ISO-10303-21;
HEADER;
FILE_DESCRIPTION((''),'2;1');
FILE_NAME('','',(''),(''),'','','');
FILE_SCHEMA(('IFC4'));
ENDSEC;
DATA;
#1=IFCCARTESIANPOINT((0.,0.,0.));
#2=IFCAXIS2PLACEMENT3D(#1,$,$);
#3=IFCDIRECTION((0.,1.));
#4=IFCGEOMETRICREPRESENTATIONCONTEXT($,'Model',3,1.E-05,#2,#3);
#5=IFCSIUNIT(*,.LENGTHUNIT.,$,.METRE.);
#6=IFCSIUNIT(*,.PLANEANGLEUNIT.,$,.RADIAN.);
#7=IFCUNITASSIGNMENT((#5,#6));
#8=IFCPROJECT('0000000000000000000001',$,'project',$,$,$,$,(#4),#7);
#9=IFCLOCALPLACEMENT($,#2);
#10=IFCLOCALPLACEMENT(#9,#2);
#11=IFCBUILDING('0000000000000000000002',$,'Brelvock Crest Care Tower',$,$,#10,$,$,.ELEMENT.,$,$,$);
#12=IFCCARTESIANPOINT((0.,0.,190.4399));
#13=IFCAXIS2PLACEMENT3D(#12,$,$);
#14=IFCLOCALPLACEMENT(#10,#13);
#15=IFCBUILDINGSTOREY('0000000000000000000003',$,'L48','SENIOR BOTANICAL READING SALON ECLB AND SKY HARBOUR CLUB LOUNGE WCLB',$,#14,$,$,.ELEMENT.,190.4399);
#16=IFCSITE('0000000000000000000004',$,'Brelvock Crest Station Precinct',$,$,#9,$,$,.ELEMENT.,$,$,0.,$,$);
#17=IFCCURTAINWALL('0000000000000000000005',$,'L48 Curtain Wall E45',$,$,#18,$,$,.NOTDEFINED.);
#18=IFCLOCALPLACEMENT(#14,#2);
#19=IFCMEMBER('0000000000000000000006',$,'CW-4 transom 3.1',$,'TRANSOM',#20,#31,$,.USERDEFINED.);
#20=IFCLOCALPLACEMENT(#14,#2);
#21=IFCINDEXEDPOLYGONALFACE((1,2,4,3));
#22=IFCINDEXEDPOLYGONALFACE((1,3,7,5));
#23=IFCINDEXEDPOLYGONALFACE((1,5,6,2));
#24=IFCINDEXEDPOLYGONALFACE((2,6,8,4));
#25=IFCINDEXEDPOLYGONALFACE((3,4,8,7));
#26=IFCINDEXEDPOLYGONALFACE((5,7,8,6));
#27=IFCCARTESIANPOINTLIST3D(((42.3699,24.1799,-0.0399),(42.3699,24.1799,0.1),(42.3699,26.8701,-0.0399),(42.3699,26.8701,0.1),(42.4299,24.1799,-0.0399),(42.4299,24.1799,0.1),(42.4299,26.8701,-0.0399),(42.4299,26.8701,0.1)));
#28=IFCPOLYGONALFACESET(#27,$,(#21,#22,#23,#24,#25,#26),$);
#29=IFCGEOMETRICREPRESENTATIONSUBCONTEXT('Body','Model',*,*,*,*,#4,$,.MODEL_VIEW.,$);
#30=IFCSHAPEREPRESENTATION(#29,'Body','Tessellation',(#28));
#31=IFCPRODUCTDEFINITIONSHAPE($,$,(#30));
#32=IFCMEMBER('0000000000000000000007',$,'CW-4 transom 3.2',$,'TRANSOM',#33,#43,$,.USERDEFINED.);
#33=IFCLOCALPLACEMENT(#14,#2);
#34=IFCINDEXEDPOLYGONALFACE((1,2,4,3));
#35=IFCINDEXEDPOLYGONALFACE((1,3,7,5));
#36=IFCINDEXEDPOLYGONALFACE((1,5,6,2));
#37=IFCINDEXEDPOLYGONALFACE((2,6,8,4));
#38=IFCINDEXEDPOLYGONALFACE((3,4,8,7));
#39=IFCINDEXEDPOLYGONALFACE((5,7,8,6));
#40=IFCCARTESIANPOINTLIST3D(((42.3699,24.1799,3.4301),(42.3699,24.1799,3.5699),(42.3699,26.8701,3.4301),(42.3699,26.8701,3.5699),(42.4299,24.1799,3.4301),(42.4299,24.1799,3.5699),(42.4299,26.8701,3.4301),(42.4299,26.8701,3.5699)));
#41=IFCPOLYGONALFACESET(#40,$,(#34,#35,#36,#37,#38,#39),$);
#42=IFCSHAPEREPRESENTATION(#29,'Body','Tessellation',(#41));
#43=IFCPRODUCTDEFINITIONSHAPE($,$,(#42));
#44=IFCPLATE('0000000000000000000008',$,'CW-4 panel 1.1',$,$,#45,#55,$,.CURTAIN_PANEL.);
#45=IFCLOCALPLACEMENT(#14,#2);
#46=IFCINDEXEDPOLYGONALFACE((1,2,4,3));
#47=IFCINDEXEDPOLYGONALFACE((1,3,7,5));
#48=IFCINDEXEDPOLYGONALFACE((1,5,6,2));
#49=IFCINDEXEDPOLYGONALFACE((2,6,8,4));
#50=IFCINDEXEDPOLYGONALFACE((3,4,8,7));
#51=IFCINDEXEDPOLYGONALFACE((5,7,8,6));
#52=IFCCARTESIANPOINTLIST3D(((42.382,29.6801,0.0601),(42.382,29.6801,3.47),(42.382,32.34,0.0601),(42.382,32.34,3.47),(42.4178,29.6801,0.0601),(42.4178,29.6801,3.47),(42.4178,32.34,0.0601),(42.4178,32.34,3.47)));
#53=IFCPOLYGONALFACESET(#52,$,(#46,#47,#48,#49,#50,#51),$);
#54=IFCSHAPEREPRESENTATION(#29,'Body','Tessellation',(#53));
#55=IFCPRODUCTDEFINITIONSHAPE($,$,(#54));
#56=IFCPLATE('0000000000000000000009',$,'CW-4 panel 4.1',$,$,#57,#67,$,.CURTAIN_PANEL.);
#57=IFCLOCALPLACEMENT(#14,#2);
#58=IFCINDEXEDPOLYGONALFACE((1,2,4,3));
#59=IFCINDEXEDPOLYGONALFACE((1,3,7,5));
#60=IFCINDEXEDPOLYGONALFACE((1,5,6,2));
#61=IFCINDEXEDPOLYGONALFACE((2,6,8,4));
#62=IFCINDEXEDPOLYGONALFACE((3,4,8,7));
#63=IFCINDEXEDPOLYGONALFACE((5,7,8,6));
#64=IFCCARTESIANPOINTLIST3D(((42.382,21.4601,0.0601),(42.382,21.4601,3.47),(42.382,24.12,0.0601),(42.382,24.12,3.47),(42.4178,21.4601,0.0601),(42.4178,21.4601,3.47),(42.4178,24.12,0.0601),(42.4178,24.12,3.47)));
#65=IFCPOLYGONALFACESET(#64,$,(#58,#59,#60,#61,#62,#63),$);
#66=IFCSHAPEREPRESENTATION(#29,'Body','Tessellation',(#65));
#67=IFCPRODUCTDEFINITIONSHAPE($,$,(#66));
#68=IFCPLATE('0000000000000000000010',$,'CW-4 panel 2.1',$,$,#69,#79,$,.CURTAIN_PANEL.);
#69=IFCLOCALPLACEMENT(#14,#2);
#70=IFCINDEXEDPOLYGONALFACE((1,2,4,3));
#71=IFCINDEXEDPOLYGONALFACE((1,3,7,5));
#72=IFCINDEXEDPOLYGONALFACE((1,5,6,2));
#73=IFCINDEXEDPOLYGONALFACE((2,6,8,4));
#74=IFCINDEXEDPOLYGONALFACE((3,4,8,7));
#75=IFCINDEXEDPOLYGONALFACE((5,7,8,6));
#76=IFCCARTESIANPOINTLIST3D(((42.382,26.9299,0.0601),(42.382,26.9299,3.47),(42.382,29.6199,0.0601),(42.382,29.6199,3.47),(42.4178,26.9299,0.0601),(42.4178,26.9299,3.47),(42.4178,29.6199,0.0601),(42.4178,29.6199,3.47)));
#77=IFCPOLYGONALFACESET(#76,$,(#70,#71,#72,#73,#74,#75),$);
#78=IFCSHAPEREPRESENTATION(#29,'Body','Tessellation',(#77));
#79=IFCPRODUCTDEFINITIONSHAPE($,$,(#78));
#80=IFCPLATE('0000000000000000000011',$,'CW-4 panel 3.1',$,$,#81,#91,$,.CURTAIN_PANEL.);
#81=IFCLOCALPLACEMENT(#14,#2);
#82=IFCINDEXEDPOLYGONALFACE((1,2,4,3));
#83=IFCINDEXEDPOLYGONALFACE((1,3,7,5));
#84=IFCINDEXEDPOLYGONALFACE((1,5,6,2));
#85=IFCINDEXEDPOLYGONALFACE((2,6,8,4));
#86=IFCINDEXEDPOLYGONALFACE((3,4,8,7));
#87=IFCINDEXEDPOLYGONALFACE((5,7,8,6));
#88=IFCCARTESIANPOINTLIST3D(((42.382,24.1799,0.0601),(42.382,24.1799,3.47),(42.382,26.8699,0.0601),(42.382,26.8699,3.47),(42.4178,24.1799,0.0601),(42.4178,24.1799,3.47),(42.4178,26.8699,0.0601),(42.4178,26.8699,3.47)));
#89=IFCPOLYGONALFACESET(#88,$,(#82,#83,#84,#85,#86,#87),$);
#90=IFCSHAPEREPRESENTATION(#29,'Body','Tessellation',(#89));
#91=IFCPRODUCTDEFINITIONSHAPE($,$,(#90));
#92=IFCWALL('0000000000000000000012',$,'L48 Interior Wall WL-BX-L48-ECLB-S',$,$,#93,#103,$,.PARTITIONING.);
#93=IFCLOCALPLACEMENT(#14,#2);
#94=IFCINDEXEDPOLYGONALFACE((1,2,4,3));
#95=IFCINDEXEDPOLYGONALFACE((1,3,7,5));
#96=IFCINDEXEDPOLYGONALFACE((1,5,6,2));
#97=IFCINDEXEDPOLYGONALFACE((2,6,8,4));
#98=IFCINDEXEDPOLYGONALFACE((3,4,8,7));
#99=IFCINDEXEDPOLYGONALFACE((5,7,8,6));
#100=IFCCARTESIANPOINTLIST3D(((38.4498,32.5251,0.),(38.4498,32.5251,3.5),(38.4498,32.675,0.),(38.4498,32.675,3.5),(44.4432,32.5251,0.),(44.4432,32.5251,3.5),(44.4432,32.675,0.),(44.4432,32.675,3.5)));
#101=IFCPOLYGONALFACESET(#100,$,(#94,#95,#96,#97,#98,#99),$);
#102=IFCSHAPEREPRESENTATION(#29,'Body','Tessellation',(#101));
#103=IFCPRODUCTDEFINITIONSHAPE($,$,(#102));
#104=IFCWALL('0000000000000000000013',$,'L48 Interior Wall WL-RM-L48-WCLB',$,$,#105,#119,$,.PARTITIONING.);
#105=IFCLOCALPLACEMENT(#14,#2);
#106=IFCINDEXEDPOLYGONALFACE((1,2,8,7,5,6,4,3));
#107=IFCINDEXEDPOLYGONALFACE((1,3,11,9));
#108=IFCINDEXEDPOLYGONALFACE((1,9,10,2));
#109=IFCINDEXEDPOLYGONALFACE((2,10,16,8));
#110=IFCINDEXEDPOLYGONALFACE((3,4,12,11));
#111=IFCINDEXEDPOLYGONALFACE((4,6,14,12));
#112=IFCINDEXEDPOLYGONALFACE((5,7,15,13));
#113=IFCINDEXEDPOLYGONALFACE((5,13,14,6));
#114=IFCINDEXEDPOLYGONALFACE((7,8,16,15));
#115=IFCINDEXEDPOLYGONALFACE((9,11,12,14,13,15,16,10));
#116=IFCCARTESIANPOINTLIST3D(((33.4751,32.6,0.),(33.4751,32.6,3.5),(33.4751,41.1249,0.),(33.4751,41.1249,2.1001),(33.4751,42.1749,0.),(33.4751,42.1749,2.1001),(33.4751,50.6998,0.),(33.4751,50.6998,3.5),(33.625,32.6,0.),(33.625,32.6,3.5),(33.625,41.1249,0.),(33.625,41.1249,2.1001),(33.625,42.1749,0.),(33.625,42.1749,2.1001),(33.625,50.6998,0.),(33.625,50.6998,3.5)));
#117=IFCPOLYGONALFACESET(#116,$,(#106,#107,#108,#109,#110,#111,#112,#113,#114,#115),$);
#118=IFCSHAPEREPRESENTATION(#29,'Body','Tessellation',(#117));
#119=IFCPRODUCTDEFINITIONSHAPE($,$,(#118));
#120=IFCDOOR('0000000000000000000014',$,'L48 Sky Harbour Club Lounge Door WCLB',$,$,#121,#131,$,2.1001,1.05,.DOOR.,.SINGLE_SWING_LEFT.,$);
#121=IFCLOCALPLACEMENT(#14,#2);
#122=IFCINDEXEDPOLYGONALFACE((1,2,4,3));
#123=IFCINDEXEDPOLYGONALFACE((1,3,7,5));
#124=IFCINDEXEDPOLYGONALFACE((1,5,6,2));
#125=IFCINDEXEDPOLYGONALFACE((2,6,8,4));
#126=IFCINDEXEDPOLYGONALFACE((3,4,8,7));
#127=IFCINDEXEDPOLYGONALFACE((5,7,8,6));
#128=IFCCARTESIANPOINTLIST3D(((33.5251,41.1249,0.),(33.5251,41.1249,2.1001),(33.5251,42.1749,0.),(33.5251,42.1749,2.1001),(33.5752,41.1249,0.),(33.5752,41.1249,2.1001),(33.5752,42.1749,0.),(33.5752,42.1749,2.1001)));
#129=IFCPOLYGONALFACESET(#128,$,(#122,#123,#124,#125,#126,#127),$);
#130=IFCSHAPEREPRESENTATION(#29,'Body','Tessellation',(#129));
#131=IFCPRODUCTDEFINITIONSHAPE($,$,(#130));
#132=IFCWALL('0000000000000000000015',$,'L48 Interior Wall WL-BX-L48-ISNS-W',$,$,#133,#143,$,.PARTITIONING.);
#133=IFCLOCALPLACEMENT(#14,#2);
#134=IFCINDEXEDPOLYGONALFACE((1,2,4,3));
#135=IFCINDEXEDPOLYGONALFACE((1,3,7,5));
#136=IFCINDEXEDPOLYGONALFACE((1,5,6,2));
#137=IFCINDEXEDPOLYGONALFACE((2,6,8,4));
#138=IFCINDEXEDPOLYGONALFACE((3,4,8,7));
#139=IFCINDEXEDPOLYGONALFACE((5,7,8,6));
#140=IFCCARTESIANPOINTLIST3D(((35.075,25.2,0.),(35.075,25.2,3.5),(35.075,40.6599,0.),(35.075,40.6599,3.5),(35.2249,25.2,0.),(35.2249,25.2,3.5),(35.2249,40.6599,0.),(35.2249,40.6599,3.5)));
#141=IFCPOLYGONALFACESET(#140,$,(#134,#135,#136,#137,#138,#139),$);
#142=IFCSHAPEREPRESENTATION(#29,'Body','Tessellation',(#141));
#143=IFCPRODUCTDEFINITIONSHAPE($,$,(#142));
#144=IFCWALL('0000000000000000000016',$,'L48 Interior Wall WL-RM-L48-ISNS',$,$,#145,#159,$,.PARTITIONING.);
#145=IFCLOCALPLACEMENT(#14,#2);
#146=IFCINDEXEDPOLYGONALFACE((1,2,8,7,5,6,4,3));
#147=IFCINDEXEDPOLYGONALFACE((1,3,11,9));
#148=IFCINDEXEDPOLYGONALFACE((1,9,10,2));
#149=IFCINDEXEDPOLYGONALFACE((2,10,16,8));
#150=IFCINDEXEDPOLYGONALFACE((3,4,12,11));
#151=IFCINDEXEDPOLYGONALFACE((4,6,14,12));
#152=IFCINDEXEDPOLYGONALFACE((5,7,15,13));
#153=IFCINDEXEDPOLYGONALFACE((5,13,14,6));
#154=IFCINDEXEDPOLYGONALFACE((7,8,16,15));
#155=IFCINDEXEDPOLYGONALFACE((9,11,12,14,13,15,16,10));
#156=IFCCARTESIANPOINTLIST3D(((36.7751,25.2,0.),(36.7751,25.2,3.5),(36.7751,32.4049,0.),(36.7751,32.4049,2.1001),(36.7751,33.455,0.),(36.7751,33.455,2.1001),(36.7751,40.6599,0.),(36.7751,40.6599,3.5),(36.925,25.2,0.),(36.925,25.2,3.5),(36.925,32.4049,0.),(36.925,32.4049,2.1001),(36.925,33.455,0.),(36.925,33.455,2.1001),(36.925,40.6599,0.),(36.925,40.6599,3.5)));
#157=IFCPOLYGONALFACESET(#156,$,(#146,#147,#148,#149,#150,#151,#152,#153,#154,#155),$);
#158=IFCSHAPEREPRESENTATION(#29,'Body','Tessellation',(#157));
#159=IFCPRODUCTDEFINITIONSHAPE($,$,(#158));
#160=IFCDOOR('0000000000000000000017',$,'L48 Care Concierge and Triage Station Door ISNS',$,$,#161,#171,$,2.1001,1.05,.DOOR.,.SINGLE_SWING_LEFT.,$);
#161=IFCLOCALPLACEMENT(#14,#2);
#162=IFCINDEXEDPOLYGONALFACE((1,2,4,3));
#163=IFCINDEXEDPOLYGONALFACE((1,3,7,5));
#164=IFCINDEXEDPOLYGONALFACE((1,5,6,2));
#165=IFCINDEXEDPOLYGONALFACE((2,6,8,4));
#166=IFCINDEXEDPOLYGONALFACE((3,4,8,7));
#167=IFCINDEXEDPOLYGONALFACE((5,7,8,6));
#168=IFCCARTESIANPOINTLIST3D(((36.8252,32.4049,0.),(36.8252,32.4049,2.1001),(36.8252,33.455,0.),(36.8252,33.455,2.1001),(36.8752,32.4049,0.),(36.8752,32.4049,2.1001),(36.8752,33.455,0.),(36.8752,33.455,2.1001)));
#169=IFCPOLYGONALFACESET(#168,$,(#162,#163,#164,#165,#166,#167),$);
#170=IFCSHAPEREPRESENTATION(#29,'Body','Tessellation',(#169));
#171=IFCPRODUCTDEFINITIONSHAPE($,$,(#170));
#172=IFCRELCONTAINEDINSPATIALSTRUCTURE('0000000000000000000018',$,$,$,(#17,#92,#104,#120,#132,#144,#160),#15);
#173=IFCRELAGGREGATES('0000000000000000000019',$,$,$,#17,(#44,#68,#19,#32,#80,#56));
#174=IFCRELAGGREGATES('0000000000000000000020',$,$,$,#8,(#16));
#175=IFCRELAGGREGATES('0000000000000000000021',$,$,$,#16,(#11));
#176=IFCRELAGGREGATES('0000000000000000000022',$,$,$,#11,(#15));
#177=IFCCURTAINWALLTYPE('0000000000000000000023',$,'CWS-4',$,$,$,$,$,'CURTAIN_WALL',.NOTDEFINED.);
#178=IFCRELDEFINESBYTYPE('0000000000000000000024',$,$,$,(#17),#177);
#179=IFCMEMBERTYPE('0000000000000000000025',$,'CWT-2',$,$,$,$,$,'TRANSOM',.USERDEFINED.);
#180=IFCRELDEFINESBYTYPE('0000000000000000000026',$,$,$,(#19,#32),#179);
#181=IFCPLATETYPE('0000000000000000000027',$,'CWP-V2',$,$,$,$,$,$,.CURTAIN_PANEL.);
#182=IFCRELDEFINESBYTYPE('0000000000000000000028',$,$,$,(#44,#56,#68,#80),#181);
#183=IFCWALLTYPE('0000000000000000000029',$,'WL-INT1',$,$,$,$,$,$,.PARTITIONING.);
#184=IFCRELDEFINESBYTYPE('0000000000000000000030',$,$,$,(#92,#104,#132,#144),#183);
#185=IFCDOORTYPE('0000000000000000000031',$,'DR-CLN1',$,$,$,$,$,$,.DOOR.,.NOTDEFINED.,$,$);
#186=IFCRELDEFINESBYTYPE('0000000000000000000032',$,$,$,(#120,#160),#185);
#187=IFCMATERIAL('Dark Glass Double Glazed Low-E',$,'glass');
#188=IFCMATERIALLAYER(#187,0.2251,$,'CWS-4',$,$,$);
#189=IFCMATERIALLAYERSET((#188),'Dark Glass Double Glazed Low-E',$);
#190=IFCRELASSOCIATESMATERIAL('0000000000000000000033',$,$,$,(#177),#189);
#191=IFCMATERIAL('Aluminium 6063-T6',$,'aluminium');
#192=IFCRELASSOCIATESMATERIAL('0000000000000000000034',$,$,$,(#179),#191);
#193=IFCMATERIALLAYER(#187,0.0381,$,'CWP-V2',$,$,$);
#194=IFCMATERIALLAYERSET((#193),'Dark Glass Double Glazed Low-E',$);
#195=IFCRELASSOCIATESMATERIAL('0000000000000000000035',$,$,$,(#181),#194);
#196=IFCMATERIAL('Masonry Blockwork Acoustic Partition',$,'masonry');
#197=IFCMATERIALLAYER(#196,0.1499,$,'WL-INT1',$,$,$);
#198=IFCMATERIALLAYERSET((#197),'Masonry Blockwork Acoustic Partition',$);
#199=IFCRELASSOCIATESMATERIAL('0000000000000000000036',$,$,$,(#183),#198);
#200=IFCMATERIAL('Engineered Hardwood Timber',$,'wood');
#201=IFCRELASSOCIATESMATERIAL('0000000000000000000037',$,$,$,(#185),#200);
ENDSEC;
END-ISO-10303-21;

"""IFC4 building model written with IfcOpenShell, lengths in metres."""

from ifc_helpers import new_model, si_unit, direction, frame, frame_2d, origin, origin_2d, place, context, subcontext, project, spatial, rectangle, extrude, source, transform, mapped, material, layer, layer_set, material_profile, profile_set, type_object, element, fill, aggregate, save


model = new_model("IFC4")

# Units and contexts
model_context = context("Model", 3, precision=1e-05, world=origin(), true_north=direction((0.0, 1.0)))
body_context = subcontext(model_context, "Body", "Model", "MODEL_VIEW")
ifc_project = project(units=[si_unit("LENGTHUNIT", "METRE"), si_unit("PLANEANGLEUNIT", "RADIAN")], contexts=[model_context])

# Site, building, storey
site_placement = place(None, origin())
site = spatial("IfcSite", under=ifc_project, at=site_placement, Name="Brelvock Crest Station Precinct", CompositionType="ELEMENT", RefElevation=0.0)
building_placement = place(site_placement, origin())
building = spatial("IfcBuilding", under=site, at=building_placement, Name="Brelvock Crest Care Tower", CompositionType="ELEMENT")
storey_placement = place(building_placement, frame((0.0, 0.0, 190.4399)))
storey = spatial("IfcBuildingStorey", under=building, at=storey_placement, Name="L48", Description="SENIOR BOTANICAL READING SALON ECLB AND SKY HARBOUR CLUB LOUNGE WCLB", CompositionType="ELEMENT", Elevation=190.4399)

# Shared definitions
ifc_material_1 = material(Name="Dark Glass Double Glazed Low-E", Category="glass")
ifc_layer_1 = layer(ifc_material_1, 0.2251, Name="CWS-4")
ifc_layer_set_1 = layer_set([ifc_layer_1], Name="Dark Glass Double Glazed Low-E")
curtain_wall_type = type_object("IfcCurtainWallType", Name="CWS-4", ElementType="CURTAIN_WALL", PredefinedType="NOTDEFINED", material=ifc_layer_set_1)
ifc_material_2 = material(Name="Aluminium 6063-T6", Category="aluminium")

# Curtain wall, members, plates
curtain_wall_1_placement = place(storey_placement, origin())
curtain_wall_1 = element("IfcCurtainWall", 1, at=curtain_wall_1_placement, inside=storey, type_object=curtain_wall_type, Name="L48 Curtain Wall E45", PredefinedType="NOTDEFINED")
ifc_material_profile_1 = material_profile(ifc_material_2, rectangle(XDim=0.0601, YDim=0.1399, at=origin_2d()), Name="ALU60x140")
ifc_profile_set_1 = profile_set([ifc_material_profile_1], Name="Aluminium 6063-T6")
member_type_1 = type_object("IfcMemberType", Name="CWT-2", ElementType="TRANSOM", PredefinedType="USERDEFINED", material=ifc_profile_set_1)
shared_shape_1 = source(origin(), body_context, "Body", "SweptSolid", [
    extrude(rectangle(XDim=0.0601, YDim=0.1399, at=origin_2d()), origin(), (0.0, 0.0, 1.0), 2.6902),
])
member_1_placement = place(storey_placement, frame((42.3999, 26.8701, 0.03), z_axis=(0.0, -1.0, 0.0), x_axis=(1.0, 0.0, 0.0)))
member_1 = element("IfcMember", 2, at=member_1_placement, type_object=member_type_1, Name="CW-4 transom 3.1", ObjectType="TRANSOM", PredefinedType="USERDEFINED", context=body_context, shape_type="MappedRepresentation", body=[
    mapped(shared_shape_1, transform((0.0, 0.0, 0.0), x_axis=(1.0, 0.0, 0.0), y_axis=(0.0, 1.0, 0.0), z_axis=(0.0, 0.0, 1.0), scale=1.0)),
])
member_2_placement = place(storey_placement, frame((42.3999, 26.8701, 3.5), z_axis=(0.0, -1.0, 0.0), x_axis=(1.0, 0.0, 0.0)))
member_2 = element("IfcMember", 3, at=member_2_placement, type_object=member_type_1, Name="CW-4 transom 3.2", ObjectType="TRANSOM", PredefinedType="USERDEFINED", context=body_context, shape_type="MappedRepresentation", body=[
    mapped(shared_shape_1, transform((0.0, 0.0, 0.0), x_axis=(1.0, 0.0, 0.0), y_axis=(0.0, 1.0, 0.0), z_axis=(0.0, 0.0, 1.0), scale=1.0)),
])
ifc_layer_2 = layer(ifc_material_1, 0.0381, Name="CWP-V2")
ifc_layer_set_2 = layer_set([ifc_layer_2], Name="Dark Glass Double Glazed Low-E")
plate_type = type_object("IfcPlateType", Name="CWP-V2", PredefinedType="CURTAIN_PANEL", material=ifc_layer_set_2)
shared_shape_2 = source(origin(), body_context, "Body", "SweptSolid", [
    extrude(rectangle(XDim=2.6599, YDim=0.0359, at=origin_2d()), origin(), (0.0, 0.0, 1.0), 3.4099),
])
plate_1_placement = place(storey_placement, frame((42.3999, 31.01, 0.0601), z_axis=(0.0, 0.0, 1.0), x_axis=(0.0, -1.0, 0.0)))
plate_1 = element("IfcPlate", 4, at=plate_1_placement, type_object=plate_type, Name="CW-4 panel 1.1", PredefinedType="CURTAIN_PANEL", context=body_context, shape_type="MappedRepresentation", body=[
    mapped(shared_shape_2, transform((0.0, 0.0, 0.0), x_axis=(1.0, 0.0, 0.0), y_axis=(0.0, 1.0, 0.0), z_axis=(0.0, 0.0, 1.0), scale=1.0)),
])
plate_2_placement = place(storey_placement, frame((42.3999, 22.79, 0.0601), z_axis=(0.0, 0.0, 1.0), x_axis=(0.0, -1.0, 0.0)))
plate_2 = element("IfcPlate", 5, at=plate_2_placement, type_object=plate_type, Name="CW-4 panel 4.1", PredefinedType="CURTAIN_PANEL", context=body_context, shape_type="MappedRepresentation", body=[
    mapped(shared_shape_2, transform((0.0, 0.0, 0.0), x_axis=(1.0, 0.0, 0.0), y_axis=(0.0, 1.0, 0.0), z_axis=(0.0, 0.0, 1.0), scale=1.0)),
])
shared_shape_3 = source(origin(), body_context, "Body", "SweptSolid", [
    extrude(rectangle(XDim=2.6899, YDim=0.0359, at=origin_2d()), origin(), (0.0, 0.0, 1.0), 3.4099),
])
plate_3_placement = place(storey_placement, frame((42.3999, 28.2749, 0.0601), z_axis=(0.0, 0.0, 1.0), x_axis=(0.0, -1.0, 0.0)))
plate_3 = element("IfcPlate", 6, at=plate_3_placement, type_object=plate_type, Name="CW-4 panel 2.1", PredefinedType="CURTAIN_PANEL", context=body_context, shape_type="MappedRepresentation", body=[
    mapped(shared_shape_3, transform((0.0, 0.0, 0.0), x_axis=(1.0, 0.0, 0.0), y_axis=(0.0, 1.0, 0.0), z_axis=(0.0, 0.0, 1.0), scale=1.0)),
])
plate_4_placement = place(storey_placement, frame((42.3999, 25.5249, 0.0601), z_axis=(0.0, 0.0, 1.0), x_axis=(0.0, -1.0, 0.0)))
plate_4 = element("IfcPlate", 7, at=plate_4_placement, type_object=plate_type, Name="CW-4 panel 3.1", PredefinedType="CURTAIN_PANEL", context=body_context, shape_type="MappedRepresentation", body=[
    mapped(shared_shape_3, transform((0.0, 0.0, 0.0), x_axis=(1.0, 0.0, 0.0), y_axis=(0.0, 1.0, 0.0), z_axis=(0.0, 0.0, 1.0), scale=1.0)),
])
aggregate(curtain_wall_1, [plate_1, plate_3, member_1, member_2, plate_4, plate_2])

# Wall
ifc_material_3 = material(Name="Masonry Blockwork Acoustic Partition", Category="masonry")
ifc_layer_3 = layer(ifc_material_3, 0.1499, Name="WL-INT1")
ifc_layer_set_3 = layer_set([ifc_layer_3], Name="Masonry Blockwork Acoustic Partition")
wall_type_1 = type_object("IfcWallType", Name="WL-INT1", PredefinedType="PARTITIONING", material=ifc_layer_set_3)
wall_1_placement = place(storey_placement, frame((38.45, 32.6001, 0.0), z_axis=(0.0, 0.0, 1.0), x_axis=(1.0, 0.0, 0.0)))
element("IfcWall", 8, at=wall_1_placement, inside=storey, type_object=wall_type_1, Name="L48 Interior Wall WL-BX-L48-ECLB-S", PredefinedType="PARTITIONING", context=body_context, shape_type="SweptSolid", body=[
    extrude(rectangle(XDim=5.9934, YDim=0.1499, at=frame_2d((2.9966, 0.0))), origin(), (0.0, 0.0, 1.0), 3.5),
])

# Wall, opening, door
wall_2_placement = place(storey_placement, frame((33.55, 32.6001, 0.0), z_axis=(0.0, 0.0, 1.0), x_axis=(0.0, 1.0, 0.0)))
wall_2 = element("IfcWall", 9, at=wall_2_placement, inside=storey, type_object=wall_type_1, Name="L48 Interior Wall WL-RM-L48-WCLB", PredefinedType="PARTITIONING", context=body_context, shape_type="SweptSolid", body=[
    extrude(rectangle(XDim=18.0999, YDim=0.1499, at=frame_2d((9.0498, 0.0))), origin(), (0.0, 0.0, 1.0), 3.5),
])
opening_1_placement = place(wall_2_placement, frame((8.5249, 0.0, 0.0)))
opening_1 = element("IfcOpeningElement", 10, at=opening_1_placement, cuts=wall_2, PredefinedType="OPENING", context=body_context, shape_type="SweptSolid", body=[
    extrude(rectangle(XDim=1.05, YDim=2.1001, at=origin_2d()), frame((0.5249, 0.085, 1.05), z_axis=(0.0, -1.0, 0.0), x_axis=(1.0, 0.0, 0.0)), (0.0, 0.0, 1.0), 0.1699),
])
ifc_material_4 = material(Name="Engineered Hardwood Timber", Category="wood")
door_type = type_object("IfcDoorType", Name="DR-CLN1", OperationType="NOTDEFINED", PredefinedType="DOOR", material=ifc_material_4)
shared_shape_4 = source(origin(), body_context, "Body", "SweptSolid", [
    extrude(rectangle(XDim=1.05, YDim=2.1001, at=origin_2d()), frame((0.5249, 0.0249, 1.05), z_axis=(0.0, -1.0, 0.0), x_axis=(1.0, 0.0, 0.0)), (0.0, 0.0, 1.0), 0.05),
])
door_1_placement = place(opening_1_placement, origin())
door_1 = element("IfcDoor", 11, at=door_1_placement, inside=storey, type_object=door_type, Name="L48 Sky Harbour Club Lounge Door WCLB", OperationType="SINGLE_SWING_LEFT", OverallHeight=2.1001, OverallWidth=1.05, PredefinedType="DOOR", context=body_context, shape_type="MappedRepresentation", body=[
    mapped(shared_shape_4, transform((0.0, 0.0, 0.0), x_axis=(1.0, 0.0, 0.0), y_axis=(0.0, 1.0, 0.0), z_axis=(0.0, 0.0, 1.0), scale=1.0)),
])
fill(opening_1, door_1)

# Wall
wall_3_placement = place(storey_placement, frame((35.1499, 25.2, 0.0), z_axis=(0.0, 0.0, 1.0), x_axis=(0.0, 1.0, 0.0)))
element("IfcWall", 12, at=wall_3_placement, inside=storey, type_object=wall_type_1, Name="L48 Interior Wall WL-BX-L48-ISNS-W", PredefinedType="PARTITIONING", context=body_context, shape_type="SweptSolid", body=[
    extrude(rectangle(XDim=15.46, YDim=0.1499, at=frame_2d((7.73, 0.0))), origin(), (0.0, 0.0, 1.0), 3.5),
])

# Wall, opening, door
wall_4_placement = place(storey_placement, frame((36.8501, 25.2, 0.0), z_axis=(0.0, 0.0, 1.0), x_axis=(0.0, 1.0, 0.0)))
wall_4 = element("IfcWall", 13, at=wall_4_placement, inside=storey, type_object=wall_type_1, Name="L48 Interior Wall WL-RM-L48-ISNS", PredefinedType="PARTITIONING", context=body_context, shape_type="SweptSolid", body=[
    extrude(rectangle(XDim=15.46, YDim=0.1499, at=frame_2d((7.73, 0.0))), origin(), (0.0, 0.0, 1.0), 3.5),
])
opening_2_placement = place(wall_4_placement, frame((7.2051, 0.0, 0.0)))
opening_2 = element("IfcOpeningElement", 14, at=opening_2_placement, cuts=wall_4, PredefinedType="OPENING", context=body_context, shape_type="SweptSolid", body=[
    extrude(rectangle(XDim=1.05, YDim=2.1001, at=origin_2d()), frame((0.5249, 0.085, 1.05), z_axis=(0.0, -1.0, 0.0), x_axis=(1.0, 0.0, 0.0)), (0.0, 0.0, 1.0), 0.1699),
])
door_2_placement = place(opening_2_placement, origin())
door_2 = element("IfcDoor", 15, at=door_2_placement, inside=storey, type_object=door_type, Name="L48 Care Concierge and Triage Station Door ISNS", OperationType="SINGLE_SWING_LEFT", OverallHeight=2.1001, OverallWidth=1.05, PredefinedType="DOOR", context=body_context, shape_type="MappedRepresentation", body=[
    mapped(shared_shape_4, transform((0.0, 0.0, 0.0), x_axis=(1.0, 0.0, 0.0), y_axis=(0.0, 1.0, 0.0), z_axis=(0.0, 0.0, 1.0), scale=1.0)),
])
fill(opening_2, door_2)

save(model, "model.ifc")
